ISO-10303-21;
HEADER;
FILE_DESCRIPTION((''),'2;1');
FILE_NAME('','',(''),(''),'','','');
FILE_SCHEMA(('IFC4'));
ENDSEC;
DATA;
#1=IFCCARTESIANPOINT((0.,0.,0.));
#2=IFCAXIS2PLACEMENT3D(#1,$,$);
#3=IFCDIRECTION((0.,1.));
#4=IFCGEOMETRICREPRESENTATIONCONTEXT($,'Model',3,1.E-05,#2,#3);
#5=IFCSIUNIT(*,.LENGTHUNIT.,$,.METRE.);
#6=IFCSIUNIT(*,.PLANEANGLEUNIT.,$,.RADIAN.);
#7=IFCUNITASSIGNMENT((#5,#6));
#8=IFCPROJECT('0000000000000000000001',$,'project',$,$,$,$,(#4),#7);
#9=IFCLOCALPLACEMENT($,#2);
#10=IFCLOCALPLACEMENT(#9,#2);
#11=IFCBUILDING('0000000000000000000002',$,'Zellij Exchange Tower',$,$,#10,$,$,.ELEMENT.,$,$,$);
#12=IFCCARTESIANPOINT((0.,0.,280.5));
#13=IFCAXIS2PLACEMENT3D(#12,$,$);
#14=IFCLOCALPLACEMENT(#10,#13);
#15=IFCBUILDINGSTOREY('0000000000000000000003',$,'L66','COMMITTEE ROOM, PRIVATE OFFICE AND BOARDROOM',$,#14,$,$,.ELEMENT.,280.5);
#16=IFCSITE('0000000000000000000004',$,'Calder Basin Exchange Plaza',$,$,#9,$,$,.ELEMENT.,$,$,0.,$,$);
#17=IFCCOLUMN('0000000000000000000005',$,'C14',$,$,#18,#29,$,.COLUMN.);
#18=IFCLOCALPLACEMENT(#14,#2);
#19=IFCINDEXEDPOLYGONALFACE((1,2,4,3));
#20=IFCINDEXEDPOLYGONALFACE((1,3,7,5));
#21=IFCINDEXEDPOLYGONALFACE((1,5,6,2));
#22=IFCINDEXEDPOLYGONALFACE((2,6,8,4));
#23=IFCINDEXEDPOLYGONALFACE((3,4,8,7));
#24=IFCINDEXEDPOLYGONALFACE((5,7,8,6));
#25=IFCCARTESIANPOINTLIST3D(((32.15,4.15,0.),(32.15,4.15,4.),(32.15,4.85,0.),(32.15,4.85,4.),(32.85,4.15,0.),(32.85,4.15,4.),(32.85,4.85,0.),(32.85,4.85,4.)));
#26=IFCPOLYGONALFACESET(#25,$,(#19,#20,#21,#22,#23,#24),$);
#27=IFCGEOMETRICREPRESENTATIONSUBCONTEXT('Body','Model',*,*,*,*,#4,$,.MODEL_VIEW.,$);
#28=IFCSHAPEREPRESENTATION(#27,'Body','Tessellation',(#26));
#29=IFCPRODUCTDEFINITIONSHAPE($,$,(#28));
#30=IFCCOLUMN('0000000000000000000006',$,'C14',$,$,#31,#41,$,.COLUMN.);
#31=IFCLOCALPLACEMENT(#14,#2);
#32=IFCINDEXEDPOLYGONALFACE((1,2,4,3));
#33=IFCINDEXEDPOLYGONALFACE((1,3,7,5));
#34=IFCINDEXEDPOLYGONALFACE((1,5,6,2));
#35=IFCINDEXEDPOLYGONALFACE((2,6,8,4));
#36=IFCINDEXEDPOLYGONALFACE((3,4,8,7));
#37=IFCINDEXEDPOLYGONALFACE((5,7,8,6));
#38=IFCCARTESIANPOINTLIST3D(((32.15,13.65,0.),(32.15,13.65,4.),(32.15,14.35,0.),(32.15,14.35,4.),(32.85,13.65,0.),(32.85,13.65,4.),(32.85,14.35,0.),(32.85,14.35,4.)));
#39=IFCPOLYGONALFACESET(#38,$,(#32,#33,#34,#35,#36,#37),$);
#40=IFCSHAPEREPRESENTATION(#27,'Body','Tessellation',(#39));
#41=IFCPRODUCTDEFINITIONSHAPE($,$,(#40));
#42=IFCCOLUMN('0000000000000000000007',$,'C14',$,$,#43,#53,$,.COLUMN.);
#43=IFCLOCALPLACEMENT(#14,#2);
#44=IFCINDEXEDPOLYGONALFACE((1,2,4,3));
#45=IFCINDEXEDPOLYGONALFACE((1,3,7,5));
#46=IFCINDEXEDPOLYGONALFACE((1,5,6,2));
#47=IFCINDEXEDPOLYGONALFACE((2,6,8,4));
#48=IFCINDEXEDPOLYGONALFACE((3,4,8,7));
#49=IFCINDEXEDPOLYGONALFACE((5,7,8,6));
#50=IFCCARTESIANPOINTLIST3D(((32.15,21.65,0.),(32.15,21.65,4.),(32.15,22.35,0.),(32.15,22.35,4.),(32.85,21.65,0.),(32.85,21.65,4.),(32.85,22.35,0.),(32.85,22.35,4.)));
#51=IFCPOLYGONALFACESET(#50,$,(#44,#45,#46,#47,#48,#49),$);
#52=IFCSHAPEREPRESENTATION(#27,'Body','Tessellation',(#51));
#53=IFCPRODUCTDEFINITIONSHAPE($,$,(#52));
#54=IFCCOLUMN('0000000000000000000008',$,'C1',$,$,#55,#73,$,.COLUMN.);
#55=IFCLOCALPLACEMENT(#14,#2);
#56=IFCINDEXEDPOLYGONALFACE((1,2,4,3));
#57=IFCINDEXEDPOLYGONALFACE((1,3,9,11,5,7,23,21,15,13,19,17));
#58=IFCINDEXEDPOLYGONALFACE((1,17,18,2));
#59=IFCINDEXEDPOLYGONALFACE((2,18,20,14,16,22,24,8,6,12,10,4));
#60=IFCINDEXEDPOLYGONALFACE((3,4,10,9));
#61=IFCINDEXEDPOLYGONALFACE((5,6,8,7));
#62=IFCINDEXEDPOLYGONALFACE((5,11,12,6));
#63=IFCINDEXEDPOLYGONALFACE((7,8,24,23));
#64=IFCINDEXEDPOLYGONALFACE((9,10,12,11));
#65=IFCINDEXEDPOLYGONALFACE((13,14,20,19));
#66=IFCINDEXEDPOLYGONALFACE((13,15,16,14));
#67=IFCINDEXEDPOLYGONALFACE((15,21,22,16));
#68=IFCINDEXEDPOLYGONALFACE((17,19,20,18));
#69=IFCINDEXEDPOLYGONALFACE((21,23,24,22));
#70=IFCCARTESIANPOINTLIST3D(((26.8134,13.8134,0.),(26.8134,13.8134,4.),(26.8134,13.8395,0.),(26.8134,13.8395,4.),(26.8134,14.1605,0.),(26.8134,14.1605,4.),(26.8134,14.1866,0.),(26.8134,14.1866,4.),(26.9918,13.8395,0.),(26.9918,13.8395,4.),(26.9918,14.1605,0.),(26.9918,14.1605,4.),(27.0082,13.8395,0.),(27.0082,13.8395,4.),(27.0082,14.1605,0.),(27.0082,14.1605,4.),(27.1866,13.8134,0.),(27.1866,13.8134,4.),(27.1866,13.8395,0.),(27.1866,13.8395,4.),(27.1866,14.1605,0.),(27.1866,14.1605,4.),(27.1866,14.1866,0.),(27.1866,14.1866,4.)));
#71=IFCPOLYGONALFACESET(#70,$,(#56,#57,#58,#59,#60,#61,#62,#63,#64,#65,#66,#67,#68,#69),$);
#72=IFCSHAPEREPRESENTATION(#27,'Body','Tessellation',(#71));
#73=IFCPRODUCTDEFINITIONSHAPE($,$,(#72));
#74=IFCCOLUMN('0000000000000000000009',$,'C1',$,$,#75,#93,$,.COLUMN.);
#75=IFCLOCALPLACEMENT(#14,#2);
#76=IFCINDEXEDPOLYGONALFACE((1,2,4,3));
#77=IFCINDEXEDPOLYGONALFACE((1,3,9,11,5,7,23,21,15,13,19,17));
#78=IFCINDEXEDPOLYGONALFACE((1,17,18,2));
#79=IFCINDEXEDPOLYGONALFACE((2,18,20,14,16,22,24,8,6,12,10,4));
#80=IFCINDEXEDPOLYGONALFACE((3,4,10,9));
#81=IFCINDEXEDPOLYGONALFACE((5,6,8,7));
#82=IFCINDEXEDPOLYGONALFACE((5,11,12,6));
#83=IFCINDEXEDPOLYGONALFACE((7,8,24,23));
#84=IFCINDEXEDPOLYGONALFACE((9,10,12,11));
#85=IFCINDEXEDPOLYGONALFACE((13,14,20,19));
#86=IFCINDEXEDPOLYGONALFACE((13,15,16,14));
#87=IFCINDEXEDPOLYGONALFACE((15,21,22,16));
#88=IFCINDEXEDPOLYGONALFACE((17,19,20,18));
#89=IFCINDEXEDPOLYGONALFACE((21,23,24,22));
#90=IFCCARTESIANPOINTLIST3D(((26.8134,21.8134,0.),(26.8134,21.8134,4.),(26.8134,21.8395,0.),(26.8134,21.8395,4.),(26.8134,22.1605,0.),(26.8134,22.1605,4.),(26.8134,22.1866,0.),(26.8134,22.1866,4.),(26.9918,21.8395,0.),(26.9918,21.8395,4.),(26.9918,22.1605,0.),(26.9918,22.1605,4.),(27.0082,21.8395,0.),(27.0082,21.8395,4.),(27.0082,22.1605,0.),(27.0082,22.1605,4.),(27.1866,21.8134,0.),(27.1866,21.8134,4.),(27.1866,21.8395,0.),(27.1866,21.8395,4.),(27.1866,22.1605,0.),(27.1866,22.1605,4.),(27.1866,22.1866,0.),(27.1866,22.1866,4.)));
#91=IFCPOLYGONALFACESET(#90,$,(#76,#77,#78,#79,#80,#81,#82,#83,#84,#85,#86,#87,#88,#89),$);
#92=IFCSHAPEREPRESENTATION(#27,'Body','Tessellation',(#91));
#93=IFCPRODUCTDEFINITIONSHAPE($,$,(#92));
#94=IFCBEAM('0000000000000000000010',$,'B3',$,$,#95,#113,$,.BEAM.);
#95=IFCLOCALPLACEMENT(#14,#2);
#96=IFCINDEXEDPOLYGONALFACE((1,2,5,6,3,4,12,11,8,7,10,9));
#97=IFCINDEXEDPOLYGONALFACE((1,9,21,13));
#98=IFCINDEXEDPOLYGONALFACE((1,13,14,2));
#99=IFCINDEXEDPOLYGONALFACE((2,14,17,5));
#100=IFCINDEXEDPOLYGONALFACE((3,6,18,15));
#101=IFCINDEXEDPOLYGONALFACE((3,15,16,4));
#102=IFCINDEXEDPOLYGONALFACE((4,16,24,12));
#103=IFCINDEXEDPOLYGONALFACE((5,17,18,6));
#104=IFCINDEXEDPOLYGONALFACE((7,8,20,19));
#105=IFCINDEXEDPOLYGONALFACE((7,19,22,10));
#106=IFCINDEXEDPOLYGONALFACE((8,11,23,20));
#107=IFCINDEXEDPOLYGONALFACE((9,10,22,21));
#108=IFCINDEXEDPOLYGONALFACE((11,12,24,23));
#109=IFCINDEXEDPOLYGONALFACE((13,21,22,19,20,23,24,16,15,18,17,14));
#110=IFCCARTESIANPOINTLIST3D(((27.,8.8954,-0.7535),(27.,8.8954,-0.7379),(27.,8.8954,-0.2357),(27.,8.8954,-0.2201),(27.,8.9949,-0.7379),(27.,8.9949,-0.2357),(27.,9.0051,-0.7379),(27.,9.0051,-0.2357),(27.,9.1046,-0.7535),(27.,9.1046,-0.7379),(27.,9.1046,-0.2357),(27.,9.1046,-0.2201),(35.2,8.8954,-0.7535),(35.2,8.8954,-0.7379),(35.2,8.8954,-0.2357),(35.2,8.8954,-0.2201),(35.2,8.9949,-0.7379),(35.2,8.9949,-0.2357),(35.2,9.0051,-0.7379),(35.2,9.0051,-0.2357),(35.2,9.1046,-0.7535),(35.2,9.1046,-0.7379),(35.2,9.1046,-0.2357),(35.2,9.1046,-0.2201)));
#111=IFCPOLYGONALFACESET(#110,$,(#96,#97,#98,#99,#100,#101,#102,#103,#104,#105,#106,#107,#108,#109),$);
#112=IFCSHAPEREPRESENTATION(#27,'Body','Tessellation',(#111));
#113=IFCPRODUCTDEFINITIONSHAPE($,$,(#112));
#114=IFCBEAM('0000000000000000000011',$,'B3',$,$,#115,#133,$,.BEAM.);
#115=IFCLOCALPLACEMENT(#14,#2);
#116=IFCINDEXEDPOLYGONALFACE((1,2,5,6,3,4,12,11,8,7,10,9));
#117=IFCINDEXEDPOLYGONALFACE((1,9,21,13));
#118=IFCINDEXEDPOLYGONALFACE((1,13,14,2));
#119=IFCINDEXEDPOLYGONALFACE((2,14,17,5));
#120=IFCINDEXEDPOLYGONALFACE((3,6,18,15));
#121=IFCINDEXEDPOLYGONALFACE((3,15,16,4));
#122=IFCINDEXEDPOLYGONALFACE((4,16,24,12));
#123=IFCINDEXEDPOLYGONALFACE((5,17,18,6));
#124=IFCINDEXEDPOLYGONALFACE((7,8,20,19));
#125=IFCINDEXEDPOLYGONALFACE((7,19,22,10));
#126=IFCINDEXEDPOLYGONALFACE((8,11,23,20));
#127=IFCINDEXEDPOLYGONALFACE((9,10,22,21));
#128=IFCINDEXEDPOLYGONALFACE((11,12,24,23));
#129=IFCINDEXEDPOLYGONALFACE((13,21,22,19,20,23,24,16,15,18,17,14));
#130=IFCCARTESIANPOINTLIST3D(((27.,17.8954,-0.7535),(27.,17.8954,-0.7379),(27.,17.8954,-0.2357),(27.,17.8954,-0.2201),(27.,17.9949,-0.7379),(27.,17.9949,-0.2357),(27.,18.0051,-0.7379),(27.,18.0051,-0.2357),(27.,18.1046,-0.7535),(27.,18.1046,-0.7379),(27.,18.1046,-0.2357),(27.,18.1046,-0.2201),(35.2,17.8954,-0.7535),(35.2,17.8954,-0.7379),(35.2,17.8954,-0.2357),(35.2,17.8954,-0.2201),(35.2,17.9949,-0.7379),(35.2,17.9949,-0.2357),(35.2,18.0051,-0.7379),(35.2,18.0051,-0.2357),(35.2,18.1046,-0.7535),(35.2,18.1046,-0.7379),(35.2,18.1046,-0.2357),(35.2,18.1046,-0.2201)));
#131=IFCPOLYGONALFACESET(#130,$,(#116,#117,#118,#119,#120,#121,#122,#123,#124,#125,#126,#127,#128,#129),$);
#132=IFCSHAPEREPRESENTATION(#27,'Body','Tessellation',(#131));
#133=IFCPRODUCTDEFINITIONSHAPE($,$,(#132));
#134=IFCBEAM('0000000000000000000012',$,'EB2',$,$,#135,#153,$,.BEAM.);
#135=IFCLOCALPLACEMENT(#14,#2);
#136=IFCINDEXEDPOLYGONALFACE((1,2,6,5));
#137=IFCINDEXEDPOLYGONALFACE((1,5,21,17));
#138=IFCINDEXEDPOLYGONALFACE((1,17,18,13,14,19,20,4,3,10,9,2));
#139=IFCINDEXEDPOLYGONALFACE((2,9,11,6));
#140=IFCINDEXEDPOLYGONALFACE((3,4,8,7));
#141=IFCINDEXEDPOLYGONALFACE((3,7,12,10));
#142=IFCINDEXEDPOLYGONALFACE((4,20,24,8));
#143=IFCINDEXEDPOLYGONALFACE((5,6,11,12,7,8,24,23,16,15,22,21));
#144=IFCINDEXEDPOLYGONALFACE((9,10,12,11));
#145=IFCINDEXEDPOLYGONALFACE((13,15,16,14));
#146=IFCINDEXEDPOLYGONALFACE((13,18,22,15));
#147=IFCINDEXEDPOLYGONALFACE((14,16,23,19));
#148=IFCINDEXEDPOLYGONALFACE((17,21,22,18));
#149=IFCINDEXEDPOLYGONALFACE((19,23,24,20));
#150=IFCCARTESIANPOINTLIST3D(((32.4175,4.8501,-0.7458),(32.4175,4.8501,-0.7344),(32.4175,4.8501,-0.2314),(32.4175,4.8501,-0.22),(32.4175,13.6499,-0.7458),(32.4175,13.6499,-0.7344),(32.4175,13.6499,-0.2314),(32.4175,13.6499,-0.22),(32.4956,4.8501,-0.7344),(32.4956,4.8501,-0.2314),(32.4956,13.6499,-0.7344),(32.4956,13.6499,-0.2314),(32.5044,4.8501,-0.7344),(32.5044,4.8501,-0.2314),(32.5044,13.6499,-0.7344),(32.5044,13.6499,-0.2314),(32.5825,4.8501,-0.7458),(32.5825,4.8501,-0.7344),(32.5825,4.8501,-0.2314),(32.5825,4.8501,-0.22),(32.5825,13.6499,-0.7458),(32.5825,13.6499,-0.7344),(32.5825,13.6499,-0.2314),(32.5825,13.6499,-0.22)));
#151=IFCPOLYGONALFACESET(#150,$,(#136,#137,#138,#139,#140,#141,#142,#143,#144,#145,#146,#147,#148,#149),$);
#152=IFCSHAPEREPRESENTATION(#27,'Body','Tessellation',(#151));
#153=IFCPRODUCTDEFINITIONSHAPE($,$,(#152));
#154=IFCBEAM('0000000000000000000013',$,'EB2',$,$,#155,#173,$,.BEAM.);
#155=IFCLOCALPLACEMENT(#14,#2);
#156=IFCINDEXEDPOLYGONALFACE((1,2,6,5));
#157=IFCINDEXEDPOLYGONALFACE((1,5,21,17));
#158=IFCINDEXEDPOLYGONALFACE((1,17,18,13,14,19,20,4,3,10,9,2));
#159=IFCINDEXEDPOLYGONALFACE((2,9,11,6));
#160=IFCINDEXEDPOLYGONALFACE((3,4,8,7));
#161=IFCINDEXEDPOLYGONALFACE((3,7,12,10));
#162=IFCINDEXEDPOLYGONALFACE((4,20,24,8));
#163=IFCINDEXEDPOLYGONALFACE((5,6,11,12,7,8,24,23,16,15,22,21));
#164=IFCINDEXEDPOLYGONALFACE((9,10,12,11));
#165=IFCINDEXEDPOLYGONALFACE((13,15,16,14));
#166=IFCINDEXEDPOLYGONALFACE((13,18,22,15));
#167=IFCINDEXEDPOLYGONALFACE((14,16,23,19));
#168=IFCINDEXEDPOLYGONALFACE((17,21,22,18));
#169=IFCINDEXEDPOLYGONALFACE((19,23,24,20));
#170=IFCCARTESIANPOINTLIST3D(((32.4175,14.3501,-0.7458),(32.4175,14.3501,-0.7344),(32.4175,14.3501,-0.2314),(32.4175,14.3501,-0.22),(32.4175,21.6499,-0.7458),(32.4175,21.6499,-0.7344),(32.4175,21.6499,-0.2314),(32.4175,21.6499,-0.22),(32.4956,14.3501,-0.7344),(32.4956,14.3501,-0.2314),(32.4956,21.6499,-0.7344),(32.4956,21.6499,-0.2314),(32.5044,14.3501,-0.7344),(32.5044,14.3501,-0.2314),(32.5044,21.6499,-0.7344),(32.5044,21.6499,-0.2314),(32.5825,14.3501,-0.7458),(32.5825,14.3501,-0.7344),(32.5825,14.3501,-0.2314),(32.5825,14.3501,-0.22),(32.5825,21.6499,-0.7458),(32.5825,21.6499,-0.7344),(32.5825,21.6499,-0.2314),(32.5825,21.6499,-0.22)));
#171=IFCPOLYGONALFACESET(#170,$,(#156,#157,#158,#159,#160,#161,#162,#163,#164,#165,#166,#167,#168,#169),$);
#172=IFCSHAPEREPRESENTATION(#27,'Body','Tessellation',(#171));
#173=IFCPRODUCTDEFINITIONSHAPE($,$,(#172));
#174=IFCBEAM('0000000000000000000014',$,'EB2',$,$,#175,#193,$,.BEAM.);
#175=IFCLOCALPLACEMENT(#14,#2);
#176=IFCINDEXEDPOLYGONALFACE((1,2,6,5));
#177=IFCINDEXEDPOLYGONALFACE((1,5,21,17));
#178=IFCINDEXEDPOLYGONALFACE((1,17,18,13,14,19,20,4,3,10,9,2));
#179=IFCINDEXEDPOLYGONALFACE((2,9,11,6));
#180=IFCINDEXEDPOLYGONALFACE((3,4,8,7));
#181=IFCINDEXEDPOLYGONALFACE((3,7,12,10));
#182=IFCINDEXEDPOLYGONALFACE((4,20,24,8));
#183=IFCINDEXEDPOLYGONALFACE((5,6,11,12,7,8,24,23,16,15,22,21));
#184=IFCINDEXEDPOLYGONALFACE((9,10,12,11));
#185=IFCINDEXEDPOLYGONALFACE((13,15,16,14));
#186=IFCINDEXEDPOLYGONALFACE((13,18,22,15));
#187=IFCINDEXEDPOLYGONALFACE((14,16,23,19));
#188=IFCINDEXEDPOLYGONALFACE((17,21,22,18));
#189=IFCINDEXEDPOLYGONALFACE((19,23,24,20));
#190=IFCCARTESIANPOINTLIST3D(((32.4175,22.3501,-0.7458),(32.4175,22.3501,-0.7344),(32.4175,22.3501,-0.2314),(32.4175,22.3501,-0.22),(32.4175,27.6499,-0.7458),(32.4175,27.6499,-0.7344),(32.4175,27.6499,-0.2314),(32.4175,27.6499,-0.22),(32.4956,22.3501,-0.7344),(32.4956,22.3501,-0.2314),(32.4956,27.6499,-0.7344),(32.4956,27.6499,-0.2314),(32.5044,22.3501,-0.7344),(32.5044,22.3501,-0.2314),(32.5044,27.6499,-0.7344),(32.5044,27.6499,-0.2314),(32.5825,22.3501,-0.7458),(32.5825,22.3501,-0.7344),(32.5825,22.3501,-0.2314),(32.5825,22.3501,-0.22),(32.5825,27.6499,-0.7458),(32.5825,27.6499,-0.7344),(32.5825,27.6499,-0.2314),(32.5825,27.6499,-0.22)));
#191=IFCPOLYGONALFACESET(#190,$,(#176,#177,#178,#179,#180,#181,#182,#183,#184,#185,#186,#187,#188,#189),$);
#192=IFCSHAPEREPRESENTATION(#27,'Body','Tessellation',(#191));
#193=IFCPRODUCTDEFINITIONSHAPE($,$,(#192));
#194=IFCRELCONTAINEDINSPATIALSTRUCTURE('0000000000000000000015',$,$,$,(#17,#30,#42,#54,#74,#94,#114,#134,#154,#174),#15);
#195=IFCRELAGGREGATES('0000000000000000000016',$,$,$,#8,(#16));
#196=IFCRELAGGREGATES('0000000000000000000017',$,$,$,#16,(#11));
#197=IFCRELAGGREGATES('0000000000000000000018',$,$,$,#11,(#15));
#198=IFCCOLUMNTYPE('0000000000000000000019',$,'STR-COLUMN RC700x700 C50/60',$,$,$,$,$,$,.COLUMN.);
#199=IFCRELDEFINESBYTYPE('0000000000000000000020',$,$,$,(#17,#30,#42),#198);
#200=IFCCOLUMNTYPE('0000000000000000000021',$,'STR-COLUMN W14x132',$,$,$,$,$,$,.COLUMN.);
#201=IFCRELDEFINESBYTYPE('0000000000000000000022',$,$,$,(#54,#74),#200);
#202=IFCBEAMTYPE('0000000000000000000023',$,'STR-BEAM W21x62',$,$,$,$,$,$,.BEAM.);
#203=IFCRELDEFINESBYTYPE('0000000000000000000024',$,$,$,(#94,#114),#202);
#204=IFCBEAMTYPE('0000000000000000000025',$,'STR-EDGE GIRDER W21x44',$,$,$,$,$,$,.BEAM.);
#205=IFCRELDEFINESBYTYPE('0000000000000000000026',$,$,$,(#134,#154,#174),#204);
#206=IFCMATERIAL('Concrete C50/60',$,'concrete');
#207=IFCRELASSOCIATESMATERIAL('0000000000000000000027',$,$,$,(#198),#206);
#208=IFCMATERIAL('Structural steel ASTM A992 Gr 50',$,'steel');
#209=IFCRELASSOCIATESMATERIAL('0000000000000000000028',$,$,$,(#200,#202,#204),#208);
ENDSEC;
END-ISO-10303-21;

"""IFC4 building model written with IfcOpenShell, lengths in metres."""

from ifc_helpers import new_model, si_unit, direction, frame, origin, origin_2d, place, context, subcontext, project, spatial, rectangle, i_section, extrude, material, material_profile, profile_set, type_object, element, save


model = new_model("IFC4")

# Units and contexts
model_context = context("Model", 3, precision=1e-05, world=origin(), true_north=direction((0.0, 1.0)))
body_context = subcontext(model_context, "Body", "Model", "MODEL_VIEW")
ifc_project = project(units=[si_unit("LENGTHUNIT", "METRE"), si_unit("PLANEANGLEUNIT", "RADIAN")], contexts=[model_context])

# Site, building, storey
site_placement = place(None, origin())
site = spatial("IfcSite", under=ifc_project, at=site_placement, Name="Calder Basin Exchange Plaza", CompositionType="ELEMENT", RefElevation=0.0)
building_placement = place(site_placement, origin())
building = spatial("IfcBuilding", under=site, at=building_placement, Name="Zellij Exchange Tower", CompositionType="ELEMENT")
storey_placement = place(building_placement, frame((0.0, 0.0, 280.5)))
storey = spatial("IfcBuildingStorey", under=building, at=storey_placement, Name="L66", Description="COMMITTEE ROOM, PRIVATE OFFICE AND BOARDROOM", CompositionType="ELEMENT", Elevation=280.5)

# Columns
ifc_material_1 = material(Name="Concrete C50/60", Category="concrete")
ifc_material_profile_1 = material_profile(ifc_material_1, rectangle(XDim=0.7, YDim=0.7, at=origin_2d()), Name="STR-COLUMN RC700x700 C50/60")
ifc_profile_set_1 = profile_set([ifc_material_profile_1], Name="Concrete C50/60")
column_type_1 = type_object("IfcColumnType", Name="STR-COLUMN RC700x700 C50/60", PredefinedType="COLUMN", material=ifc_profile_set_1)
for number, where, z_axis, x_axis, name in (
    (1, (32.5, 4.5, 0.0), (0.0, 0.0, 1.0), (1.0, 0.0, 0.0), "C14"),
    (2, (32.5, 14.0, 0.0), (0.0, 0.0, 1.0), (1.0, 0.0, 0.0), "C14"),
    (3, (32.5, 22.0, 0.0), (0.0, 0.0, 1.0), (1.0, 0.0, 0.0), "C14"),
):
    element("IfcColumn", number, at=place(storey_placement, frame(where, z_axis=z_axis, x_axis=x_axis)), inside=storey, type_object=column_type_1, Name=name, PredefinedType="COLUMN", context=body_context, shape_type="SweptSolid", body=[
        extrude(rectangle(XDim=0.7, YDim=0.7, at=origin_2d()), origin(), (0.0, 0.0, 1.0), 4.0),
    ])
ifc_material_2 = material(Name="Structural steel ASTM A992 Gr 50", Category="steel")
ifc_material_profile_2 = material_profile(ifc_material_2, i_section(OverallWidth=0.3733, OverallDepth=0.3733, WebThickness=0.0164, FlangeThickness=0.0261, at=origin_2d()), Name="W14x132")
ifc_profile_set_2 = profile_set([ifc_material_profile_2], Name="Structural steel ASTM A992 Gr 50")
column_type_2 = type_object("IfcColumnType", Name="STR-COLUMN W14x132", PredefinedType="COLUMN", material=ifc_profile_set_2)
for number, where, z_axis, x_axis, name in (
    (4, (27.0, 14.0, 0.0), (0.0, 0.0, 1.0), (1.0, 0.0, 0.0), "C1"),
    (5, (27.0, 22.0, 0.0), (0.0, 0.0, 1.0), (1.0, 0.0, 0.0), "C1"),
):
    element("IfcColumn", number, at=place(storey_placement, frame(where, z_axis=z_axis, x_axis=x_axis)), inside=storey, type_object=column_type_2, Name=name, PredefinedType="COLUMN", context=body_context, shape_type="SweptSolid", body=[
        extrude(i_section(OverallWidth=0.3733, OverallDepth=0.3733, WebThickness=0.0164, FlangeThickness=0.0261, at=origin_2d()), origin(), (0.0, 0.0, 1.0), 4.0),
    ])

# Beams
ifc_material_profile_3 = material_profile(ifc_material_2, i_section(OverallWidth=0.2092, OverallDepth=0.5334, WebThickness=0.0103, FlangeThickness=0.0156, at=origin_2d()), Name="W21x62")
ifc_profile_set_3 = profile_set([ifc_material_profile_3], Name="Structural steel ASTM A992 Gr 50")
beam_type_1 = type_object("IfcBeamType", Name="STR-BEAM W21x62", PredefinedType="BEAM", material=ifc_profile_set_3)
for number, where, z_axis, x_axis, name in (
    (6, (27.0, 9.0, -0.4868), (1.0, 0.0, 0.0), (0.0, 1.0, 0.0), "B3"),
    (7, (27.0, 18.0, -0.4868), (1.0, 0.0, 0.0), (0.0, 1.0, 0.0), "B3"),
):
    element("IfcBeam", number, at=place(storey_placement, frame(where, z_axis=z_axis, x_axis=x_axis)), inside=storey, type_object=beam_type_1, Name=name, PredefinedType="BEAM", context=body_context, shape_type="SweptSolid", body=[
        extrude(i_section(OverallWidth=0.2092, OverallDepth=0.5334, WebThickness=0.0103, FlangeThickness=0.0156, at=origin_2d()), origin(), (0.0, 0.0, 1.0), 8.2),
    ])
ifc_material_profile_4 = material_profile(ifc_material_2, i_section(OverallWidth=0.165, OverallDepth=0.5259, WebThickness=0.0088, FlangeThickness=0.0115, at=origin_2d()), Name="W21x44")
ifc_profile_set_4 = profile_set([ifc_material_profile_4], Name="Structural steel ASTM A992 Gr 50")
beam_type_2 = type_object("IfcBeamType", Name="STR-EDGE GIRDER W21x44", PredefinedType="BEAM", material=ifc_profile_set_4)
beam_1_placement = place(storey_placement, frame((32.5, 4.8501, -0.4829), z_axis=(0.0, 1.0, 0.0), x_axis=(-1.0, 0.0, 0.0)))
element("IfcBeam", 8, at=beam_1_placement, inside=storey, type_object=beam_type_2, Name="EB2", PredefinedType="BEAM", context=body_context, shape_type="SweptSolid", body=[
    extrude(i_section(OverallWidth=0.165, OverallDepth=0.5259, WebThickness=0.0088, FlangeThickness=0.0115, at=origin_2d()), origin(), (0.0, 0.0, 1.0), 8.7998),
])
beam_2_placement = place(storey_placement, frame((32.5, 14.3501, -0.4829), z_axis=(0.0, 1.0, 0.0), x_axis=(-1.0, 0.0, 0.0)))
element("IfcBeam", 9, at=beam_2_placement, inside=storey, type_object=beam_type_2, Name="EB2", PredefinedType="BEAM", context=body_context, shape_type="SweptSolid", body=[
    extrude(i_section(OverallWidth=0.165, OverallDepth=0.5259, WebThickness=0.0088, FlangeThickness=0.0115, at=origin_2d()), origin(), (0.0, 0.0, 1.0), 7.2998),
])
beam_3_placement = place(storey_placement, frame((32.5, 22.3501, -0.4829), z_axis=(0.0, 1.0, 0.0), x_axis=(-1.0, 0.0, 0.0)))
element("IfcBeam", 10, at=beam_3_placement, inside=storey, type_object=beam_type_2, Name="EB2", PredefinedType="BEAM", context=body_context, shape_type="SweptSolid", body=[
    extrude(i_section(OverallWidth=0.165, OverallDepth=0.5259, WebThickness=0.0088, FlangeThickness=0.0115, at=origin_2d()), origin(), (0.0, 0.0, 1.0), 5.2998),
])

save(model, "model.ifc")
